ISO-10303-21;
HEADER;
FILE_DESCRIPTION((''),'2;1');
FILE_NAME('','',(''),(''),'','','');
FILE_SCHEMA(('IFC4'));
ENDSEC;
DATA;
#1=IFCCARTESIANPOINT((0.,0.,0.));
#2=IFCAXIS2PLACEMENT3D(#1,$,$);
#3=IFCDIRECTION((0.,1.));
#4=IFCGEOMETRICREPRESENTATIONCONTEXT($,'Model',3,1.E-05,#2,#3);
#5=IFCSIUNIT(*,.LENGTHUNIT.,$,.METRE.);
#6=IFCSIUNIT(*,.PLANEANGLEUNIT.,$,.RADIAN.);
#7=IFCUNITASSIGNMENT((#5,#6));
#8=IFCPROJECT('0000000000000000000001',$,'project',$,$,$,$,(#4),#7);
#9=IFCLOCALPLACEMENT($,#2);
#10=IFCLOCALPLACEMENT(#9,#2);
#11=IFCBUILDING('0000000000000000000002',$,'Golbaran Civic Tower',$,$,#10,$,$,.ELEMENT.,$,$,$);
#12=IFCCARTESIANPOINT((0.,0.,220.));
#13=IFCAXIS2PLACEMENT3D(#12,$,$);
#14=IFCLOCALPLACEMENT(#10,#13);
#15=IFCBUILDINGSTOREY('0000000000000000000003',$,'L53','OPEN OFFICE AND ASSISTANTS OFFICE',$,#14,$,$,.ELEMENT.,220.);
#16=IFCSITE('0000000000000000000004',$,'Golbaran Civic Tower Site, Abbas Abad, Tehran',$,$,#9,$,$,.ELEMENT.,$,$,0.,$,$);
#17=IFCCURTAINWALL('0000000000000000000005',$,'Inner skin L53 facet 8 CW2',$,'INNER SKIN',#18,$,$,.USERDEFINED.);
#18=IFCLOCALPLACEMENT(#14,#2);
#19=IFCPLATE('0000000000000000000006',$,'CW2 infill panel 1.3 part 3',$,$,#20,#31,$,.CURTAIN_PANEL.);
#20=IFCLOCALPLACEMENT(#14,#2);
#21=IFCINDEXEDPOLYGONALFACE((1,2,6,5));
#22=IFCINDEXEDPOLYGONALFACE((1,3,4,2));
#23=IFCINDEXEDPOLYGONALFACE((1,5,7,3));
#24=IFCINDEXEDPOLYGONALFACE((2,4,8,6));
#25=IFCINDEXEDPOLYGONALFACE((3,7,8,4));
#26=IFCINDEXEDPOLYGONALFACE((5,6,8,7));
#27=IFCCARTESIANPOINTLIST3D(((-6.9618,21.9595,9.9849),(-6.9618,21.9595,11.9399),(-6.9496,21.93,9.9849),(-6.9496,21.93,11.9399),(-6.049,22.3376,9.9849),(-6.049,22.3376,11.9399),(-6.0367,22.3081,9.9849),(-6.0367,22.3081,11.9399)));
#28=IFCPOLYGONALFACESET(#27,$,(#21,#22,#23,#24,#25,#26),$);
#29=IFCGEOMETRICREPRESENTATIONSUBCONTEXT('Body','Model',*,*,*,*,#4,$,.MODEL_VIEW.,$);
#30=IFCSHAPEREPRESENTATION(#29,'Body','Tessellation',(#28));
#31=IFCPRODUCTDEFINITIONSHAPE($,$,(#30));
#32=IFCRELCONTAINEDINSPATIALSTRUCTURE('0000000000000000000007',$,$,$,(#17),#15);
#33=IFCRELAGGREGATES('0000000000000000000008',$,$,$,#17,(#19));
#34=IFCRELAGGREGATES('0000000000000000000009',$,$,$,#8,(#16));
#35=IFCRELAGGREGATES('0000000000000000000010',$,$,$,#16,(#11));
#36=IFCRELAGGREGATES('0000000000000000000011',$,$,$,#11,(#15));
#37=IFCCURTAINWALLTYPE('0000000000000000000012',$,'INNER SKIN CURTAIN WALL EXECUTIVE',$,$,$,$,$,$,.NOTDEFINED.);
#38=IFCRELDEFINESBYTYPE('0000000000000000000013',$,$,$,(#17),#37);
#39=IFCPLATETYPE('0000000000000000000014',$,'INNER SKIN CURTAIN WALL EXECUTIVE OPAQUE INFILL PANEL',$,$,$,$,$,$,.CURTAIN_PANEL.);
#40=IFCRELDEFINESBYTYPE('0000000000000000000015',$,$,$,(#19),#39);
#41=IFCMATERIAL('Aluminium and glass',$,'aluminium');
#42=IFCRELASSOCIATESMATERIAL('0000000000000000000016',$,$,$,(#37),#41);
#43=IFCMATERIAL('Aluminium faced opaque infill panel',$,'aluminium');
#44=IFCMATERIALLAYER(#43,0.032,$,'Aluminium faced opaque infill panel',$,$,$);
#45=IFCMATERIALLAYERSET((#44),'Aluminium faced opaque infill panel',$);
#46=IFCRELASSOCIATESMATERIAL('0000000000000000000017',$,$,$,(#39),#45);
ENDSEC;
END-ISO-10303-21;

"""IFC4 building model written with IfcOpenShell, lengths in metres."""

from ifc_helpers import new_model, si_unit, direction, frame, origin, origin_2d, place, context, subcontext, project, spatial, rectangle, extrude, material, layer, layer_set, type_object, element, aggregate, save


model = new_model("IFC4")

# Units and contexts
model_context = context("Model", 3, precision=1e-05, world=origin(), true_north=direction((0.0, 1.0)))
body_context = subcontext(model_context, "Body", "Model", "MODEL_VIEW")
ifc_project = project(units=[si_unit("LENGTHUNIT", "METRE"), si_unit("PLANEANGLEUNIT", "RADIAN")], contexts=[model_context])

# Site, building, storey
site_placement = place(None, origin())
site = spatial("IfcSite", under=ifc_project, at=site_placement, Name="Golbaran Civic Tower Site, Abbas Abad, Tehran", CompositionType="ELEMENT", RefElevation=0.0)
building_placement = place(site_placement, origin())
building = spatial("IfcBuilding", under=site, at=building_placement, Name="Golbaran Civic Tower", CompositionType="ELEMENT")
storey_placement = place(building_placement, frame((0.0, 0.0, 220.0)))
storey = spatial("IfcBuildingStorey", under=building, at=storey_placement, Name="L53", Description="OPEN OFFICE AND ASSISTANTS OFFICE", CompositionType="ELEMENT", Elevation=220.0)

# Curtain wall
ifc_material_1 = material(Name="Aluminium and glass", Category="aluminium")
curtain_wall_type = type_object("IfcCurtainWallType", Name="INNER SKIN CURTAIN WALL EXECUTIVE", PredefinedType="NOTDEFINED", material=ifc_material_1)
curtain_wall_1_placement = place(storey_placement, origin())
curtain_wall_1 = element("IfcCurtainWall", 1, at=curtain_wall_1_placement, inside=storey, type_object=curtain_wall_type, Name="Inner skin L53 facet 8 CW2", ObjectType="INNER SKIN", PredefinedType="USERDEFINED")

# Plate
ifc_material_2 = material(Name="Aluminium faced opaque infill panel", Category="aluminium")
ifc_layer_1 = layer(ifc_material_2, 0.032, Name="Aluminium faced opaque infill panel")
ifc_layer_set_1 = layer_set([ifc_layer_1], Name="Aluminium faced opaque infill panel")
plate_type_1 = type_object("IfcPlateType", Name="INNER SKIN CURTAIN WALL EXECUTIVE OPAQUE INFILL PANEL", PredefinedType="CURTAIN_PANEL", material=ifc_layer_set_1)
plate_1_placement = place(storey_placement, frame((-6.4993, 22.1338, 9.9849), z_axis=(0.0, 0.0, 1.0), x_axis=(-0.92388, -0.382683, 0.0)))
plate_1 = element("IfcPlate", 2, at=plate_1_placement, type_object=plate_type_1, Name="CW2 infill panel 1.3 part 3", PredefinedType="CURTAIN_PANEL", context=body_context, shape_type="SweptSolid", body=[
    extrude(rectangle(XDim=0.988, YDim=0.032, at=origin_2d()), origin(), (0.0, 0.0, 1.0), 1.9551),
])
aggregate(curtain_wall_1, [plate_1])

save(model, "model.ifc")
